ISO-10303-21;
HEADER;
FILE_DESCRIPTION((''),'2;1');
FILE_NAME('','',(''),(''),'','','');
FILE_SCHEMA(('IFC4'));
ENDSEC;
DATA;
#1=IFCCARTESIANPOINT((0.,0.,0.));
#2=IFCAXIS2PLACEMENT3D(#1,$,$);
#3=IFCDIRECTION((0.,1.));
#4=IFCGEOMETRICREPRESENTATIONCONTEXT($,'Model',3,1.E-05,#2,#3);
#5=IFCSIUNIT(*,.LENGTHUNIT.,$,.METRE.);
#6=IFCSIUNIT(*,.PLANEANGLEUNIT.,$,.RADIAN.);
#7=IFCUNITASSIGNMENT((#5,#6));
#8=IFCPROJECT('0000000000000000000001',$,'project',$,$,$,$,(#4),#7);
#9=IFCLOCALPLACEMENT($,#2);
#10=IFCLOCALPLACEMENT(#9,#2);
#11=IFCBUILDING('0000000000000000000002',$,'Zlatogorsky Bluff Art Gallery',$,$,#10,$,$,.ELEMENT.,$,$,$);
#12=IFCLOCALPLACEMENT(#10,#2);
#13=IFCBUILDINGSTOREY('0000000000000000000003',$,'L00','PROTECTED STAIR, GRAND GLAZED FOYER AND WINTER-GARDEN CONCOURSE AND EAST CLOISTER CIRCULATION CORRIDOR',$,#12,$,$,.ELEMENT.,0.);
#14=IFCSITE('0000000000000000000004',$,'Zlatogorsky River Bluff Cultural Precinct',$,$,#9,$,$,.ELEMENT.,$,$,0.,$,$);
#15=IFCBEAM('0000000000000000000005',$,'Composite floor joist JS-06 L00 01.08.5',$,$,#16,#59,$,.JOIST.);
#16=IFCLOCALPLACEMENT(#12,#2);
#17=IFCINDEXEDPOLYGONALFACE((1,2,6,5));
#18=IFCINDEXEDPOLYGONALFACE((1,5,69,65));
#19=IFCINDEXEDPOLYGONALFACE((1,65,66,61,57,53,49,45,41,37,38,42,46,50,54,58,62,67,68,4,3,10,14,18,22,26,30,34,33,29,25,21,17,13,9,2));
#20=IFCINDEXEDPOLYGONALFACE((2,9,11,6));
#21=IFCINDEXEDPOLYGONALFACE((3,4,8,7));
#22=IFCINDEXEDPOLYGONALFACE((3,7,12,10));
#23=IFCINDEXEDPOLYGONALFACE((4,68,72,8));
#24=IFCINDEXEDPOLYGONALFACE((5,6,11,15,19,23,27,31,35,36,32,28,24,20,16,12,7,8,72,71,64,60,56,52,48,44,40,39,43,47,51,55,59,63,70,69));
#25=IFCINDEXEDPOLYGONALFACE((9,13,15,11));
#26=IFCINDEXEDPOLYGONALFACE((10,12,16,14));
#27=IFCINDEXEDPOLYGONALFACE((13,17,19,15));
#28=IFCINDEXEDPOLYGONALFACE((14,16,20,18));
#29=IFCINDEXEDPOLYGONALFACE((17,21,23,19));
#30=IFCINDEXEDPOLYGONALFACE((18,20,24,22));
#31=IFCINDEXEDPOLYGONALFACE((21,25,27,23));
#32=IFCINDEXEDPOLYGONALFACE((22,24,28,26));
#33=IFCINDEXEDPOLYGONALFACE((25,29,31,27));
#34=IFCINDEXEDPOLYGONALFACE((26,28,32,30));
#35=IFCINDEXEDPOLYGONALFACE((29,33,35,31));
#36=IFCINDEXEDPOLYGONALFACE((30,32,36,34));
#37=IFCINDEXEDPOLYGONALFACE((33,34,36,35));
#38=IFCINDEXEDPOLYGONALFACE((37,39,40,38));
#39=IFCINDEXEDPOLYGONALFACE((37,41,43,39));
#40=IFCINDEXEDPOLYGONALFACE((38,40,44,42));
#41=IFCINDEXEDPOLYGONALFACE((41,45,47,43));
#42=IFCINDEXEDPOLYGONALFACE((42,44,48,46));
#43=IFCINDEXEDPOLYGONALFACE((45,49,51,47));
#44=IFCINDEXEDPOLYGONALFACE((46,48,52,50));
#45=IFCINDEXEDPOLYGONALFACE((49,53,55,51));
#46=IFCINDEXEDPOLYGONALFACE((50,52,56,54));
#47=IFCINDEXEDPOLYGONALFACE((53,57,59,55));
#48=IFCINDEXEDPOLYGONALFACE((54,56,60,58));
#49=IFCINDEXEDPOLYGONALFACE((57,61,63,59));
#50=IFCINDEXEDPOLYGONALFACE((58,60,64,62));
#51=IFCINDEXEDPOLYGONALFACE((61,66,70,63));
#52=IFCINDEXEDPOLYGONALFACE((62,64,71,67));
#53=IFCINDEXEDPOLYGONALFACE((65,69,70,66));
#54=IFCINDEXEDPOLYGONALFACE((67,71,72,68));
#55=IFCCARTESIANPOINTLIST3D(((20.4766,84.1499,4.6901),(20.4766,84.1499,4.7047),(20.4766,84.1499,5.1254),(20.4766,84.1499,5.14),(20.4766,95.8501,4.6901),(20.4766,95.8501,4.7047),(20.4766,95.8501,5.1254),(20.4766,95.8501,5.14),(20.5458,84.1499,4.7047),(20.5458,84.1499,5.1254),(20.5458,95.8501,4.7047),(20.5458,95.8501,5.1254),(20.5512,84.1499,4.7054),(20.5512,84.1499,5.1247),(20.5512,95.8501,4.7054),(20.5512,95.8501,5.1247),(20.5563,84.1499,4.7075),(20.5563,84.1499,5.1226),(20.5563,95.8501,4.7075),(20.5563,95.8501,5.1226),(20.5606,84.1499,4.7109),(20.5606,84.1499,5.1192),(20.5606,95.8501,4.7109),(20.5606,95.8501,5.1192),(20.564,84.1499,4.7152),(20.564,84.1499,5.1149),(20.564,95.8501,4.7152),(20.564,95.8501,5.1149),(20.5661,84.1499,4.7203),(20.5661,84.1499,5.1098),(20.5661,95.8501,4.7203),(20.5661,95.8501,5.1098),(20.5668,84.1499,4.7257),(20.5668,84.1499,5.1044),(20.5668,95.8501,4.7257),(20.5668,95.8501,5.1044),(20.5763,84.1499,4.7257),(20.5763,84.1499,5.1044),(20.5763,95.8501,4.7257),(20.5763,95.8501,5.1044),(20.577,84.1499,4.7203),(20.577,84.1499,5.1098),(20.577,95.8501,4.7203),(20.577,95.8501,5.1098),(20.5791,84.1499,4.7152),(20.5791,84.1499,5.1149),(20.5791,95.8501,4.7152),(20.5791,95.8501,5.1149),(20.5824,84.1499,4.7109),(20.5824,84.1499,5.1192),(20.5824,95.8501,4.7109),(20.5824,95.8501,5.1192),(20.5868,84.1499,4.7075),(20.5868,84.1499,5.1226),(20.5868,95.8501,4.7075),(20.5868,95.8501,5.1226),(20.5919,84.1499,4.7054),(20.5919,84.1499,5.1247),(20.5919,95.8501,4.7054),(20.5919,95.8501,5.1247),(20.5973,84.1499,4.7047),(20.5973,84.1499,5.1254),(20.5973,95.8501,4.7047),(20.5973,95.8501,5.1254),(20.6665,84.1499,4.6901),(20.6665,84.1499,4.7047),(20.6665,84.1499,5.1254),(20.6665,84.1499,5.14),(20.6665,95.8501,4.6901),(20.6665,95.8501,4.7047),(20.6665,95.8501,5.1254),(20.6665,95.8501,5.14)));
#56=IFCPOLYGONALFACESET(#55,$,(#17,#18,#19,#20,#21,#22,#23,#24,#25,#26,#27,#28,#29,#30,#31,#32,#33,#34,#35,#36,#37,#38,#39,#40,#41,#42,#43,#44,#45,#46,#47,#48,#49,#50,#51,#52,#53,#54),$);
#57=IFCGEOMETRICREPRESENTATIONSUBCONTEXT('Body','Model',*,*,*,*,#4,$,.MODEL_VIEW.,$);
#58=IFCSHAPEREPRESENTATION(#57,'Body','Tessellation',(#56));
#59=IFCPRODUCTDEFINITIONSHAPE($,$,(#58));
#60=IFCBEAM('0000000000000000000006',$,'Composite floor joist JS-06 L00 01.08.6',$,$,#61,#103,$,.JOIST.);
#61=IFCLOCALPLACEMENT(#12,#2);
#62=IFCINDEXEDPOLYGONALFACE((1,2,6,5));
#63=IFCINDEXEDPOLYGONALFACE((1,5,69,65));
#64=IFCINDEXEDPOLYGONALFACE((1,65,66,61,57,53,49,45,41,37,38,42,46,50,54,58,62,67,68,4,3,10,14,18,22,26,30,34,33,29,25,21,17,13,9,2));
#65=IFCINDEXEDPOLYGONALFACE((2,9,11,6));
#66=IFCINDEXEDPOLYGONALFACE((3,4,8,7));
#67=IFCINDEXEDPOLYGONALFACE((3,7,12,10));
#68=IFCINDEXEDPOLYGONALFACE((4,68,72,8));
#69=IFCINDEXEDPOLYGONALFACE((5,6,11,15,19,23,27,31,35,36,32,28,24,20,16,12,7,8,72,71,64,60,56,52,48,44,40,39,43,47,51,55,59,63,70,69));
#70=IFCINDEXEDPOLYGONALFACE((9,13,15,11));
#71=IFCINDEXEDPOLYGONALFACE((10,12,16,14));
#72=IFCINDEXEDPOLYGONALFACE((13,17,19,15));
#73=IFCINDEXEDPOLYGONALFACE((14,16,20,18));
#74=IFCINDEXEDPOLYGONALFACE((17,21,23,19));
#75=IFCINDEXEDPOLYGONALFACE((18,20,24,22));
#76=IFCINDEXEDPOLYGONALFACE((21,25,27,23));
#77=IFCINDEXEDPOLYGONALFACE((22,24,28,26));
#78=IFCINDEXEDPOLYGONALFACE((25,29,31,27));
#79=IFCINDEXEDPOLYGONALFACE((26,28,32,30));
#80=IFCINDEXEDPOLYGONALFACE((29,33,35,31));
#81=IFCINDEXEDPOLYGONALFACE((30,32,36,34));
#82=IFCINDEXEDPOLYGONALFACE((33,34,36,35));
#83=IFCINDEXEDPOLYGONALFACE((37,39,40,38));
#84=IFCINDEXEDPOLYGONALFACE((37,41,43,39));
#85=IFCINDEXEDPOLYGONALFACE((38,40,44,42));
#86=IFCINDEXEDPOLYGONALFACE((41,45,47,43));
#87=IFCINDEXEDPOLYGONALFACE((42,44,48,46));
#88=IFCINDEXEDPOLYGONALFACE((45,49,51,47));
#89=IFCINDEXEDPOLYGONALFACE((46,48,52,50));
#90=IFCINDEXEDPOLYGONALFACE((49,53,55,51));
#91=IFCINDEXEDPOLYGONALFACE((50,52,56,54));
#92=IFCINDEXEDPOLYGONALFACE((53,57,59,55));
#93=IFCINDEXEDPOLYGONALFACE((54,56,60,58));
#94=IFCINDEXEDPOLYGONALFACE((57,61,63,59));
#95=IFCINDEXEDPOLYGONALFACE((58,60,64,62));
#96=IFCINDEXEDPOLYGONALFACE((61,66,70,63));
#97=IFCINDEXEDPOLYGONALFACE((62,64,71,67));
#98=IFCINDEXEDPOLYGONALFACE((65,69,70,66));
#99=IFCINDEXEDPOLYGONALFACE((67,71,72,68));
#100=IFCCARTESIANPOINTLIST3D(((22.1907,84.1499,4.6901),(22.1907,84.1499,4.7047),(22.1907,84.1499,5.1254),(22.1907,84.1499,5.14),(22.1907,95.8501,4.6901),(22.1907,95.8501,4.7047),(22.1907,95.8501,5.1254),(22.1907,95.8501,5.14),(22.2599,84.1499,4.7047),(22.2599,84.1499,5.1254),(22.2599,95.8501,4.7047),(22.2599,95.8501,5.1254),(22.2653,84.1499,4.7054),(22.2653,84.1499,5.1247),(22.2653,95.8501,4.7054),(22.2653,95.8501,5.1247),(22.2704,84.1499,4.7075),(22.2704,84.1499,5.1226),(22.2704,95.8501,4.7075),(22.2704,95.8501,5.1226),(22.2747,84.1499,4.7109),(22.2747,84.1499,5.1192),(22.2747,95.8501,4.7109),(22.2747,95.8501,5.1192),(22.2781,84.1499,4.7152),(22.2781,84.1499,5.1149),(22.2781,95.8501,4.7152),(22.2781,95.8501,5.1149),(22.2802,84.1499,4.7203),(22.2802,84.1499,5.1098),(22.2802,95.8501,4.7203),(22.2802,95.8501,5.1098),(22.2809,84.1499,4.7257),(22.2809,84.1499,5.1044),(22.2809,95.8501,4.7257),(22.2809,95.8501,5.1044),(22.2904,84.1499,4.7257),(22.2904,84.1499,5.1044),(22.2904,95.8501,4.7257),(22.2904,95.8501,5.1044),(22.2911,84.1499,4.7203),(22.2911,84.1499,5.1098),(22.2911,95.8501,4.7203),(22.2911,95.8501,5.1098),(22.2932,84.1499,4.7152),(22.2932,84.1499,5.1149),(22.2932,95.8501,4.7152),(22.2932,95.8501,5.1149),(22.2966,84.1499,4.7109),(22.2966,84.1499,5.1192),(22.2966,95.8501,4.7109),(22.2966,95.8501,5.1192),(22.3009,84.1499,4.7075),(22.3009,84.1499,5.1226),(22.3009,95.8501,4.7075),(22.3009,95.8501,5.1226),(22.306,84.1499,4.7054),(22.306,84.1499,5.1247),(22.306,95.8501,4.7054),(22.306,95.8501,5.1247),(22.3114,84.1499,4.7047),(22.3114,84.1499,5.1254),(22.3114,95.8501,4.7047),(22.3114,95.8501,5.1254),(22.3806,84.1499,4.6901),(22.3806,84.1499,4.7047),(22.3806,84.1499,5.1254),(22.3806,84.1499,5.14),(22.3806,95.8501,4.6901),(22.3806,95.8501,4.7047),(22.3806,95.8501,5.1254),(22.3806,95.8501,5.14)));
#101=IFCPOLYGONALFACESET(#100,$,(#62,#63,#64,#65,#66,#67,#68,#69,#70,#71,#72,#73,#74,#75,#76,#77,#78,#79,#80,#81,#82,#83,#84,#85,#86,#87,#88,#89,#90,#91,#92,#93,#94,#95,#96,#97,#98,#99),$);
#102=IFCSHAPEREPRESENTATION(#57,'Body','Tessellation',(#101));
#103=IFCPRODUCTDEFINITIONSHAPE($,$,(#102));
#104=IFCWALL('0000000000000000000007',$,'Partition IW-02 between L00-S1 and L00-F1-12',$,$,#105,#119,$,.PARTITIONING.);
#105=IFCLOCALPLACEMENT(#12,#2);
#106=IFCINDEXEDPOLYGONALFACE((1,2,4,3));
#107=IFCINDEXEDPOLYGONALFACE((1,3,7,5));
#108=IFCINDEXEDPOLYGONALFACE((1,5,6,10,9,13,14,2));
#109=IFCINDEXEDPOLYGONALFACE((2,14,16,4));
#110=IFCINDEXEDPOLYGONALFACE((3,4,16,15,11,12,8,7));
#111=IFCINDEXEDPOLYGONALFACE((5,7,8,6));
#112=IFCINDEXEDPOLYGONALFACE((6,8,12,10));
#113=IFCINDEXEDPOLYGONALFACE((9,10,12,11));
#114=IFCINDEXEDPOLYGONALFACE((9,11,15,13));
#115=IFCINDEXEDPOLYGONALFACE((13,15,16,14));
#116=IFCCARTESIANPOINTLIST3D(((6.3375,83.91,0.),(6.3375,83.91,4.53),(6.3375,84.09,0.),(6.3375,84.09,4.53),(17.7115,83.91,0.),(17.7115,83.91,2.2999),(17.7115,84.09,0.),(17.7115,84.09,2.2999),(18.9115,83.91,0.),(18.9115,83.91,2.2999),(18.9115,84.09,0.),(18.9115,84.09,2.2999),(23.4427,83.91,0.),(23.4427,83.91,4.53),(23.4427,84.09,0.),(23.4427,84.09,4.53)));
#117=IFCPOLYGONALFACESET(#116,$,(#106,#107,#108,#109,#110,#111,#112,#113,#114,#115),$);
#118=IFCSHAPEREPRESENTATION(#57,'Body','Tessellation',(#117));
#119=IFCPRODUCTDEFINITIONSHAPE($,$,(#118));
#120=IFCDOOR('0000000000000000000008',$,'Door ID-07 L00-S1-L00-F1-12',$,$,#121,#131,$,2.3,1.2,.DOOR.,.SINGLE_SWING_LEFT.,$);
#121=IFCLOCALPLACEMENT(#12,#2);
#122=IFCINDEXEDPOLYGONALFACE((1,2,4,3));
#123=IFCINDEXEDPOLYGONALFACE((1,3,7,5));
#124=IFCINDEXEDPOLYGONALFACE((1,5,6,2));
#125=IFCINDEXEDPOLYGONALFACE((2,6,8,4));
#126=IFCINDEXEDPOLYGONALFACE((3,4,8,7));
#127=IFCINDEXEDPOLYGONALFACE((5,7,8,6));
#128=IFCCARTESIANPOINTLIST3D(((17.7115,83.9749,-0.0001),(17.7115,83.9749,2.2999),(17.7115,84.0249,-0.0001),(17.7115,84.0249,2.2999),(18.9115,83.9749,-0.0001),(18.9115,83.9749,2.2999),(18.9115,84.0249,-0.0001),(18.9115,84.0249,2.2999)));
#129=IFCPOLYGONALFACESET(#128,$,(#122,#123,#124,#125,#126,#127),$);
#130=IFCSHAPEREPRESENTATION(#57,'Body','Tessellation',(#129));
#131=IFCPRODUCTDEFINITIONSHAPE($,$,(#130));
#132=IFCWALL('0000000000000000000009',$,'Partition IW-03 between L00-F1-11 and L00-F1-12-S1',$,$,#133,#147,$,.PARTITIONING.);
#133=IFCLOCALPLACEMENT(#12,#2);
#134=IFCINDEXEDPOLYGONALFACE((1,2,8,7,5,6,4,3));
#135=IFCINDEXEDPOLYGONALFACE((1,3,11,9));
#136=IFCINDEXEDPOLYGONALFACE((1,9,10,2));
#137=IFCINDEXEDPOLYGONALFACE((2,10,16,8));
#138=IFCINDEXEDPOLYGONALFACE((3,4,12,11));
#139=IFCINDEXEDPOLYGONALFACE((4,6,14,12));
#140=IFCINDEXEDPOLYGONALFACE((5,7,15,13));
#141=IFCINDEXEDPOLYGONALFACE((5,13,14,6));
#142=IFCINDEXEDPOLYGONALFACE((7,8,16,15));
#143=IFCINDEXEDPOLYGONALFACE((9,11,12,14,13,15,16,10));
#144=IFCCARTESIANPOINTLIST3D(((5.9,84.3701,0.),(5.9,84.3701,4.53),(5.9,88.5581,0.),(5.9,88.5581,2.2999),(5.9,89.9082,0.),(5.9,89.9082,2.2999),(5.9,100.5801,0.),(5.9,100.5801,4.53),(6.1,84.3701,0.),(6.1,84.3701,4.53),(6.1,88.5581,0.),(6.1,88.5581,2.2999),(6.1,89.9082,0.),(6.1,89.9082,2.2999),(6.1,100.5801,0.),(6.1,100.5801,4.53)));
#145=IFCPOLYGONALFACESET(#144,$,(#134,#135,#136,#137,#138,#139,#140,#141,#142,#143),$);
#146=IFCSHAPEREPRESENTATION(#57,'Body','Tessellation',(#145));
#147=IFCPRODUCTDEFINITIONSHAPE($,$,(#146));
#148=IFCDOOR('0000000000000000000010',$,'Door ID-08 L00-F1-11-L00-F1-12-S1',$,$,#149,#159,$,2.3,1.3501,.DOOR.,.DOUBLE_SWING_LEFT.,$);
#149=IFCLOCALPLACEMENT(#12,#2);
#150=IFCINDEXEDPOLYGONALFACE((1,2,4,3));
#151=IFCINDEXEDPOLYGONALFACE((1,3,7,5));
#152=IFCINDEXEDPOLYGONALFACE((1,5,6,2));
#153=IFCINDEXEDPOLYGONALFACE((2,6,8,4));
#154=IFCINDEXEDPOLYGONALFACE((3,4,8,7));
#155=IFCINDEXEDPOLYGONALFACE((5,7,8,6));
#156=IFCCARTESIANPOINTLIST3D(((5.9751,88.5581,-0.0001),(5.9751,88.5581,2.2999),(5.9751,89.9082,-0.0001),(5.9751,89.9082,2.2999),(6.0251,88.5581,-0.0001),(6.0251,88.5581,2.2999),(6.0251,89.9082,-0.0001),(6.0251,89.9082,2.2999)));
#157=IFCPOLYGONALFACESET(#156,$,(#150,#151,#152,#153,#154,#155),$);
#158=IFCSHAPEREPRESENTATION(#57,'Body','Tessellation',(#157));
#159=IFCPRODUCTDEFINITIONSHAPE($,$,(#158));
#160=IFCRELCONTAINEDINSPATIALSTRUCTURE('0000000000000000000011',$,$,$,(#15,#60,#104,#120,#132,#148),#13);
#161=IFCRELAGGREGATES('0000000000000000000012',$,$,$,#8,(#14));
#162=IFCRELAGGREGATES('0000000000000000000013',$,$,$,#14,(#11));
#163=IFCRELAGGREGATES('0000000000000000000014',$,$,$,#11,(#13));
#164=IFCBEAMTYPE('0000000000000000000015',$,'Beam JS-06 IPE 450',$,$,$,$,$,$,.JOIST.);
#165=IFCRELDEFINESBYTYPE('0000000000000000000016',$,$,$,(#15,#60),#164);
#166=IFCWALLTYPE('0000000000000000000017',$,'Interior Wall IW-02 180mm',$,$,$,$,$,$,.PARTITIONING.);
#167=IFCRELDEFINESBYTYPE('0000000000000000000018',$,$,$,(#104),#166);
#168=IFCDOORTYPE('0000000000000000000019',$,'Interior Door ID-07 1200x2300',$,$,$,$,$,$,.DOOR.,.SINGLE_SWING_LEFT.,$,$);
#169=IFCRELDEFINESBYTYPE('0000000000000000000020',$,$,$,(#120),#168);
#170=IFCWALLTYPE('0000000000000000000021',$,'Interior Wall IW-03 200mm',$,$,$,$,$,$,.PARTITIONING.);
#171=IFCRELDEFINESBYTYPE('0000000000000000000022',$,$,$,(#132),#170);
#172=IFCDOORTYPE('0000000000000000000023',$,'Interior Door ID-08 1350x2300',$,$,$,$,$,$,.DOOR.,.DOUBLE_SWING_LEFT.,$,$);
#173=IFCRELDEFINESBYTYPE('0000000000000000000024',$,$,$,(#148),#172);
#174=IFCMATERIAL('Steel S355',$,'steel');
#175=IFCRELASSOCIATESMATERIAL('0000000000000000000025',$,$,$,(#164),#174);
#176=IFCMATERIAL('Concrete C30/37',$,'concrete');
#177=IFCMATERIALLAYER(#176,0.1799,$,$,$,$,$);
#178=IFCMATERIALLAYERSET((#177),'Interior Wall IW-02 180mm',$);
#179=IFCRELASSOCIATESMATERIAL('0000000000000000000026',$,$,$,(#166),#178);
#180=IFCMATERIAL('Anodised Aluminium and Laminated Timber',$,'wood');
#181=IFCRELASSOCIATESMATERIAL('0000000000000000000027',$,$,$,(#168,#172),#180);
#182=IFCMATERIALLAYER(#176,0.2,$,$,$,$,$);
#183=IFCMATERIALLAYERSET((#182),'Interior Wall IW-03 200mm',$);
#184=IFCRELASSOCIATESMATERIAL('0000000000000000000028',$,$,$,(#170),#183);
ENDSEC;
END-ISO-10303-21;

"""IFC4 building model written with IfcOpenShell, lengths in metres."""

from ifc_helpers import new_model, si_unit, direction, frame, frame_2d, origin, origin_2d, place, context, subcontext, project, spatial, rectangle, i_section, extrude, material, layer, layer_set, material_profile, profile_set, type_object, element, fill, save


model = new_model("IFC4")

# Units and contexts
model_context = context("Model", 3, precision=1e-05, world=origin(), true_north=direction((0.0, 1.0)))
body_context = subcontext(model_context, "Body", "Model", "MODEL_VIEW")
ifc_project = project(units=[si_unit("LENGTHUNIT", "METRE"), si_unit("PLANEANGLEUNIT", "RADIAN")], contexts=[model_context])

# Site, building, storey
site_placement = place(None, origin())
site = spatial("IfcSite", under=ifc_project, at=site_placement, Name="Zlatogorsky River Bluff Cultural Precinct", CompositionType="ELEMENT", RefElevation=0.0)
building_placement = place(site_placement, origin())
building = spatial("IfcBuilding", under=site, at=building_placement, Name="Zlatogorsky Bluff Art Gallery", CompositionType="ELEMENT")
storey_placement = place(building_placement, origin())
storey = spatial("IfcBuildingStorey", under=building, at=storey_placement, Name="L00", Description="PROTECTED STAIR, GRAND GLAZED FOYER AND WINTER-GARDEN CONCOURSE AND EAST CLOISTER CIRCULATION CORRIDOR", CompositionType="ELEMENT", Elevation=0.0)

# Shared definitions
ifc_material_1 = material(Name="Steel S355", Category="steel")

# Beams
ifc_material_profile_1 = material_profile(ifc_material_1, i_section(OverallWidth=0.1899, OverallDepth=0.45, WebThickness=0.0095, FlangeThickness=0.0146, FilletRadius=0.021, at=origin_2d()), Name="IPE 450")
ifc_profile_set_1 = profile_set([ifc_material_profile_1], Name="Steel S355")
beam_type_1 = type_object("IfcBeamType", Name="Beam JS-06 IPE 450", PredefinedType="JOIST", material=ifc_profile_set_1)
for number, where, z_axis, x_axis, name in (
    (1, (20.5715, 84.1499, 4.915), (0.0, 1.0, 0.0), (-1.0, 0.0, 0.0), "Composite floor joist JS-06 L00 01.08.5"),
    (2, (22.2856, 84.1499, 4.915), (0.0, 1.0, 0.0), (-1.0, 0.0, 0.0), "Composite floor joist JS-06 L00 01.08.6"),
):
    element("IfcBeam", number, at=place(storey_placement, frame(where, z_axis=z_axis, x_axis=x_axis)), inside=storey, type_object=beam_type_1, Name=name, PredefinedType="JOIST", context=body_context, shape_type="SweptSolid", body=[
        extrude(i_section(OverallWidth=0.1899, OverallDepth=0.45, WebThickness=0.0095, FlangeThickness=0.0146, FilletRadius=0.021, at=origin_2d()), origin(), (0.0, 0.0, 1.0), 11.7002),
    ])

# Walls, openings, doors
ifc_material_2 = material(Name="Concrete C30/37", Category="concrete")
ifc_layer_1 = layer(ifc_material_2, 0.1799)
ifc_layer_set_1 = layer_set([ifc_layer_1], Name="Interior Wall IW-02 180mm")
wall_type_1 = type_object("IfcWallType", Name="Interior Wall IW-02 180mm", PredefinedType="PARTITIONING", material=ifc_layer_set_1)
wall_1_placement = place(storey_placement, frame((6.3374, 84.0, 0.0), z_axis=(0.0, 0.0, 1.0), x_axis=(1.0, 0.0, 0.0)))
wall_1 = element("IfcWall", 3, at=wall_1_placement, inside=storey, type_object=wall_type_1, Name="Partition IW-02 between L00-S1 and L00-F1-12", PredefinedType="PARTITIONING", context=body_context, shape_type="SweptSolid", body=[
    extrude(rectangle(XDim=17.1052, YDim=0.1799, at=frame_2d((8.5527, 0.0))), origin(), (0.0, 0.0, 1.0), 4.53),
])
opening_1_placement = place(wall_1_placement, frame((11.374, 0.0, 0.0)))
opening_1 = element("IfcOpeningElement", 4, at=opening_1_placement, cuts=wall_1, PredefinedType="OPENING", context=body_context, shape_type="SweptSolid", body=[
    extrude(rectangle(XDim=1.2, YDim=2.3, at=frame_2d((0.6001, 1.1499))), frame((0.0, 0.0999, 0.0), z_axis=(0.0, -1.0, 0.0), x_axis=(1.0, 0.0, 0.0)), (0.0, 0.0, 1.0), 0.2),
])
ifc_material_3 = material(Name="Anodised Aluminium and Laminated Timber", Category="wood")
door_type_1 = type_object("IfcDoorType", Name="Interior Door ID-07 1200x2300", OperationType="SINGLE_SWING_LEFT", PredefinedType="DOOR", material=ifc_material_3)
door_1_placement = place(opening_1_placement, origin())
door_1 = element("IfcDoor", 5, at=door_1_placement, inside=storey, type_object=door_type_1, Name="Door ID-07 L00-S1-L00-F1-12", OperationType="SINGLE_SWING_LEFT", OverallHeight=2.3, OverallWidth=1.2, PredefinedType="DOOR", context=body_context, shape_type="SweptSolid", body=[
    extrude(rectangle(XDim=1.2, YDim=2.3, at=frame_2d((0.6001, 1.1499))), frame((0.0, 0.0249, 0.0), z_axis=(0.0, -1.0, 0.0), x_axis=(1.0, 0.0, 0.0)), (0.0, 0.0, 1.0), 0.05),
])
fill(opening_1, door_1)
ifc_layer_2 = layer(ifc_material_2, 0.2)
ifc_layer_set_2 = layer_set([ifc_layer_2], Name="Interior Wall IW-03 200mm")
wall_type_2 = type_object("IfcWallType", Name="Interior Wall IW-03 200mm", PredefinedType="PARTITIONING", material=ifc_layer_set_2)
wall_2_placement = place(storey_placement, frame((6.0, 84.3701, 0.0), z_axis=(0.0, 0.0, 1.0), x_axis=(0.0, 1.0, 0.0)))
wall_2 = element("IfcWall", 6, at=wall_2_placement, inside=storey, type_object=wall_type_2, Name="Partition IW-03 between L00-F1-11 and L00-F1-12-S1", PredefinedType="PARTITIONING", context=body_context, shape_type="SweptSolid", body=[
    extrude(rectangle(XDim=16.21, YDim=0.2, at=frame_2d((8.105, 0.0))), origin(), (0.0, 0.0, 1.0), 4.53),
])
opening_2_placement = place(wall_2_placement, frame((4.188, 0.0, 0.0)))
opening_2 = element("IfcOpeningElement", 7, at=opening_2_placement, cuts=wall_2, PredefinedType="OPENING", context=body_context, shape_type="SweptSolid", body=[
    extrude(rectangle(XDim=1.3501, YDim=2.3, at=frame_2d((0.675, 1.1499))), frame((0.0, 0.1099, 0.0), z_axis=(0.0, -1.0, 0.0), x_axis=(1.0, 0.0, 0.0)), (0.0, 0.0, 1.0), 0.22),
])
door_type_2 = type_object("IfcDoorType", Name="Interior Door ID-08 1350x2300", OperationType="DOUBLE_SWING_LEFT", PredefinedType="DOOR", material=ifc_material_3)
door_2_placement = place(opening_2_placement, origin())
door_2 = element("IfcDoor", 8, at=door_2_placement, inside=storey, type_object=door_type_2, Name="Door ID-08 L00-F1-11-L00-F1-12-S1", OperationType="DOUBLE_SWING_LEFT", OverallHeight=2.3, OverallWidth=1.3501, PredefinedType="DOOR", context=body_context, shape_type="SweptSolid", body=[
    extrude(rectangle(XDim=1.3501, YDim=2.3, at=frame_2d((0.675, 1.1499))), frame((0.0, 0.0249, 0.0), z_axis=(0.0, -1.0, 0.0), x_axis=(1.0, 0.0, 0.0)), (0.0, 0.0, 1.0), 0.05),
])
fill(opening_2, door_2)

save(model, "model.ifc")
